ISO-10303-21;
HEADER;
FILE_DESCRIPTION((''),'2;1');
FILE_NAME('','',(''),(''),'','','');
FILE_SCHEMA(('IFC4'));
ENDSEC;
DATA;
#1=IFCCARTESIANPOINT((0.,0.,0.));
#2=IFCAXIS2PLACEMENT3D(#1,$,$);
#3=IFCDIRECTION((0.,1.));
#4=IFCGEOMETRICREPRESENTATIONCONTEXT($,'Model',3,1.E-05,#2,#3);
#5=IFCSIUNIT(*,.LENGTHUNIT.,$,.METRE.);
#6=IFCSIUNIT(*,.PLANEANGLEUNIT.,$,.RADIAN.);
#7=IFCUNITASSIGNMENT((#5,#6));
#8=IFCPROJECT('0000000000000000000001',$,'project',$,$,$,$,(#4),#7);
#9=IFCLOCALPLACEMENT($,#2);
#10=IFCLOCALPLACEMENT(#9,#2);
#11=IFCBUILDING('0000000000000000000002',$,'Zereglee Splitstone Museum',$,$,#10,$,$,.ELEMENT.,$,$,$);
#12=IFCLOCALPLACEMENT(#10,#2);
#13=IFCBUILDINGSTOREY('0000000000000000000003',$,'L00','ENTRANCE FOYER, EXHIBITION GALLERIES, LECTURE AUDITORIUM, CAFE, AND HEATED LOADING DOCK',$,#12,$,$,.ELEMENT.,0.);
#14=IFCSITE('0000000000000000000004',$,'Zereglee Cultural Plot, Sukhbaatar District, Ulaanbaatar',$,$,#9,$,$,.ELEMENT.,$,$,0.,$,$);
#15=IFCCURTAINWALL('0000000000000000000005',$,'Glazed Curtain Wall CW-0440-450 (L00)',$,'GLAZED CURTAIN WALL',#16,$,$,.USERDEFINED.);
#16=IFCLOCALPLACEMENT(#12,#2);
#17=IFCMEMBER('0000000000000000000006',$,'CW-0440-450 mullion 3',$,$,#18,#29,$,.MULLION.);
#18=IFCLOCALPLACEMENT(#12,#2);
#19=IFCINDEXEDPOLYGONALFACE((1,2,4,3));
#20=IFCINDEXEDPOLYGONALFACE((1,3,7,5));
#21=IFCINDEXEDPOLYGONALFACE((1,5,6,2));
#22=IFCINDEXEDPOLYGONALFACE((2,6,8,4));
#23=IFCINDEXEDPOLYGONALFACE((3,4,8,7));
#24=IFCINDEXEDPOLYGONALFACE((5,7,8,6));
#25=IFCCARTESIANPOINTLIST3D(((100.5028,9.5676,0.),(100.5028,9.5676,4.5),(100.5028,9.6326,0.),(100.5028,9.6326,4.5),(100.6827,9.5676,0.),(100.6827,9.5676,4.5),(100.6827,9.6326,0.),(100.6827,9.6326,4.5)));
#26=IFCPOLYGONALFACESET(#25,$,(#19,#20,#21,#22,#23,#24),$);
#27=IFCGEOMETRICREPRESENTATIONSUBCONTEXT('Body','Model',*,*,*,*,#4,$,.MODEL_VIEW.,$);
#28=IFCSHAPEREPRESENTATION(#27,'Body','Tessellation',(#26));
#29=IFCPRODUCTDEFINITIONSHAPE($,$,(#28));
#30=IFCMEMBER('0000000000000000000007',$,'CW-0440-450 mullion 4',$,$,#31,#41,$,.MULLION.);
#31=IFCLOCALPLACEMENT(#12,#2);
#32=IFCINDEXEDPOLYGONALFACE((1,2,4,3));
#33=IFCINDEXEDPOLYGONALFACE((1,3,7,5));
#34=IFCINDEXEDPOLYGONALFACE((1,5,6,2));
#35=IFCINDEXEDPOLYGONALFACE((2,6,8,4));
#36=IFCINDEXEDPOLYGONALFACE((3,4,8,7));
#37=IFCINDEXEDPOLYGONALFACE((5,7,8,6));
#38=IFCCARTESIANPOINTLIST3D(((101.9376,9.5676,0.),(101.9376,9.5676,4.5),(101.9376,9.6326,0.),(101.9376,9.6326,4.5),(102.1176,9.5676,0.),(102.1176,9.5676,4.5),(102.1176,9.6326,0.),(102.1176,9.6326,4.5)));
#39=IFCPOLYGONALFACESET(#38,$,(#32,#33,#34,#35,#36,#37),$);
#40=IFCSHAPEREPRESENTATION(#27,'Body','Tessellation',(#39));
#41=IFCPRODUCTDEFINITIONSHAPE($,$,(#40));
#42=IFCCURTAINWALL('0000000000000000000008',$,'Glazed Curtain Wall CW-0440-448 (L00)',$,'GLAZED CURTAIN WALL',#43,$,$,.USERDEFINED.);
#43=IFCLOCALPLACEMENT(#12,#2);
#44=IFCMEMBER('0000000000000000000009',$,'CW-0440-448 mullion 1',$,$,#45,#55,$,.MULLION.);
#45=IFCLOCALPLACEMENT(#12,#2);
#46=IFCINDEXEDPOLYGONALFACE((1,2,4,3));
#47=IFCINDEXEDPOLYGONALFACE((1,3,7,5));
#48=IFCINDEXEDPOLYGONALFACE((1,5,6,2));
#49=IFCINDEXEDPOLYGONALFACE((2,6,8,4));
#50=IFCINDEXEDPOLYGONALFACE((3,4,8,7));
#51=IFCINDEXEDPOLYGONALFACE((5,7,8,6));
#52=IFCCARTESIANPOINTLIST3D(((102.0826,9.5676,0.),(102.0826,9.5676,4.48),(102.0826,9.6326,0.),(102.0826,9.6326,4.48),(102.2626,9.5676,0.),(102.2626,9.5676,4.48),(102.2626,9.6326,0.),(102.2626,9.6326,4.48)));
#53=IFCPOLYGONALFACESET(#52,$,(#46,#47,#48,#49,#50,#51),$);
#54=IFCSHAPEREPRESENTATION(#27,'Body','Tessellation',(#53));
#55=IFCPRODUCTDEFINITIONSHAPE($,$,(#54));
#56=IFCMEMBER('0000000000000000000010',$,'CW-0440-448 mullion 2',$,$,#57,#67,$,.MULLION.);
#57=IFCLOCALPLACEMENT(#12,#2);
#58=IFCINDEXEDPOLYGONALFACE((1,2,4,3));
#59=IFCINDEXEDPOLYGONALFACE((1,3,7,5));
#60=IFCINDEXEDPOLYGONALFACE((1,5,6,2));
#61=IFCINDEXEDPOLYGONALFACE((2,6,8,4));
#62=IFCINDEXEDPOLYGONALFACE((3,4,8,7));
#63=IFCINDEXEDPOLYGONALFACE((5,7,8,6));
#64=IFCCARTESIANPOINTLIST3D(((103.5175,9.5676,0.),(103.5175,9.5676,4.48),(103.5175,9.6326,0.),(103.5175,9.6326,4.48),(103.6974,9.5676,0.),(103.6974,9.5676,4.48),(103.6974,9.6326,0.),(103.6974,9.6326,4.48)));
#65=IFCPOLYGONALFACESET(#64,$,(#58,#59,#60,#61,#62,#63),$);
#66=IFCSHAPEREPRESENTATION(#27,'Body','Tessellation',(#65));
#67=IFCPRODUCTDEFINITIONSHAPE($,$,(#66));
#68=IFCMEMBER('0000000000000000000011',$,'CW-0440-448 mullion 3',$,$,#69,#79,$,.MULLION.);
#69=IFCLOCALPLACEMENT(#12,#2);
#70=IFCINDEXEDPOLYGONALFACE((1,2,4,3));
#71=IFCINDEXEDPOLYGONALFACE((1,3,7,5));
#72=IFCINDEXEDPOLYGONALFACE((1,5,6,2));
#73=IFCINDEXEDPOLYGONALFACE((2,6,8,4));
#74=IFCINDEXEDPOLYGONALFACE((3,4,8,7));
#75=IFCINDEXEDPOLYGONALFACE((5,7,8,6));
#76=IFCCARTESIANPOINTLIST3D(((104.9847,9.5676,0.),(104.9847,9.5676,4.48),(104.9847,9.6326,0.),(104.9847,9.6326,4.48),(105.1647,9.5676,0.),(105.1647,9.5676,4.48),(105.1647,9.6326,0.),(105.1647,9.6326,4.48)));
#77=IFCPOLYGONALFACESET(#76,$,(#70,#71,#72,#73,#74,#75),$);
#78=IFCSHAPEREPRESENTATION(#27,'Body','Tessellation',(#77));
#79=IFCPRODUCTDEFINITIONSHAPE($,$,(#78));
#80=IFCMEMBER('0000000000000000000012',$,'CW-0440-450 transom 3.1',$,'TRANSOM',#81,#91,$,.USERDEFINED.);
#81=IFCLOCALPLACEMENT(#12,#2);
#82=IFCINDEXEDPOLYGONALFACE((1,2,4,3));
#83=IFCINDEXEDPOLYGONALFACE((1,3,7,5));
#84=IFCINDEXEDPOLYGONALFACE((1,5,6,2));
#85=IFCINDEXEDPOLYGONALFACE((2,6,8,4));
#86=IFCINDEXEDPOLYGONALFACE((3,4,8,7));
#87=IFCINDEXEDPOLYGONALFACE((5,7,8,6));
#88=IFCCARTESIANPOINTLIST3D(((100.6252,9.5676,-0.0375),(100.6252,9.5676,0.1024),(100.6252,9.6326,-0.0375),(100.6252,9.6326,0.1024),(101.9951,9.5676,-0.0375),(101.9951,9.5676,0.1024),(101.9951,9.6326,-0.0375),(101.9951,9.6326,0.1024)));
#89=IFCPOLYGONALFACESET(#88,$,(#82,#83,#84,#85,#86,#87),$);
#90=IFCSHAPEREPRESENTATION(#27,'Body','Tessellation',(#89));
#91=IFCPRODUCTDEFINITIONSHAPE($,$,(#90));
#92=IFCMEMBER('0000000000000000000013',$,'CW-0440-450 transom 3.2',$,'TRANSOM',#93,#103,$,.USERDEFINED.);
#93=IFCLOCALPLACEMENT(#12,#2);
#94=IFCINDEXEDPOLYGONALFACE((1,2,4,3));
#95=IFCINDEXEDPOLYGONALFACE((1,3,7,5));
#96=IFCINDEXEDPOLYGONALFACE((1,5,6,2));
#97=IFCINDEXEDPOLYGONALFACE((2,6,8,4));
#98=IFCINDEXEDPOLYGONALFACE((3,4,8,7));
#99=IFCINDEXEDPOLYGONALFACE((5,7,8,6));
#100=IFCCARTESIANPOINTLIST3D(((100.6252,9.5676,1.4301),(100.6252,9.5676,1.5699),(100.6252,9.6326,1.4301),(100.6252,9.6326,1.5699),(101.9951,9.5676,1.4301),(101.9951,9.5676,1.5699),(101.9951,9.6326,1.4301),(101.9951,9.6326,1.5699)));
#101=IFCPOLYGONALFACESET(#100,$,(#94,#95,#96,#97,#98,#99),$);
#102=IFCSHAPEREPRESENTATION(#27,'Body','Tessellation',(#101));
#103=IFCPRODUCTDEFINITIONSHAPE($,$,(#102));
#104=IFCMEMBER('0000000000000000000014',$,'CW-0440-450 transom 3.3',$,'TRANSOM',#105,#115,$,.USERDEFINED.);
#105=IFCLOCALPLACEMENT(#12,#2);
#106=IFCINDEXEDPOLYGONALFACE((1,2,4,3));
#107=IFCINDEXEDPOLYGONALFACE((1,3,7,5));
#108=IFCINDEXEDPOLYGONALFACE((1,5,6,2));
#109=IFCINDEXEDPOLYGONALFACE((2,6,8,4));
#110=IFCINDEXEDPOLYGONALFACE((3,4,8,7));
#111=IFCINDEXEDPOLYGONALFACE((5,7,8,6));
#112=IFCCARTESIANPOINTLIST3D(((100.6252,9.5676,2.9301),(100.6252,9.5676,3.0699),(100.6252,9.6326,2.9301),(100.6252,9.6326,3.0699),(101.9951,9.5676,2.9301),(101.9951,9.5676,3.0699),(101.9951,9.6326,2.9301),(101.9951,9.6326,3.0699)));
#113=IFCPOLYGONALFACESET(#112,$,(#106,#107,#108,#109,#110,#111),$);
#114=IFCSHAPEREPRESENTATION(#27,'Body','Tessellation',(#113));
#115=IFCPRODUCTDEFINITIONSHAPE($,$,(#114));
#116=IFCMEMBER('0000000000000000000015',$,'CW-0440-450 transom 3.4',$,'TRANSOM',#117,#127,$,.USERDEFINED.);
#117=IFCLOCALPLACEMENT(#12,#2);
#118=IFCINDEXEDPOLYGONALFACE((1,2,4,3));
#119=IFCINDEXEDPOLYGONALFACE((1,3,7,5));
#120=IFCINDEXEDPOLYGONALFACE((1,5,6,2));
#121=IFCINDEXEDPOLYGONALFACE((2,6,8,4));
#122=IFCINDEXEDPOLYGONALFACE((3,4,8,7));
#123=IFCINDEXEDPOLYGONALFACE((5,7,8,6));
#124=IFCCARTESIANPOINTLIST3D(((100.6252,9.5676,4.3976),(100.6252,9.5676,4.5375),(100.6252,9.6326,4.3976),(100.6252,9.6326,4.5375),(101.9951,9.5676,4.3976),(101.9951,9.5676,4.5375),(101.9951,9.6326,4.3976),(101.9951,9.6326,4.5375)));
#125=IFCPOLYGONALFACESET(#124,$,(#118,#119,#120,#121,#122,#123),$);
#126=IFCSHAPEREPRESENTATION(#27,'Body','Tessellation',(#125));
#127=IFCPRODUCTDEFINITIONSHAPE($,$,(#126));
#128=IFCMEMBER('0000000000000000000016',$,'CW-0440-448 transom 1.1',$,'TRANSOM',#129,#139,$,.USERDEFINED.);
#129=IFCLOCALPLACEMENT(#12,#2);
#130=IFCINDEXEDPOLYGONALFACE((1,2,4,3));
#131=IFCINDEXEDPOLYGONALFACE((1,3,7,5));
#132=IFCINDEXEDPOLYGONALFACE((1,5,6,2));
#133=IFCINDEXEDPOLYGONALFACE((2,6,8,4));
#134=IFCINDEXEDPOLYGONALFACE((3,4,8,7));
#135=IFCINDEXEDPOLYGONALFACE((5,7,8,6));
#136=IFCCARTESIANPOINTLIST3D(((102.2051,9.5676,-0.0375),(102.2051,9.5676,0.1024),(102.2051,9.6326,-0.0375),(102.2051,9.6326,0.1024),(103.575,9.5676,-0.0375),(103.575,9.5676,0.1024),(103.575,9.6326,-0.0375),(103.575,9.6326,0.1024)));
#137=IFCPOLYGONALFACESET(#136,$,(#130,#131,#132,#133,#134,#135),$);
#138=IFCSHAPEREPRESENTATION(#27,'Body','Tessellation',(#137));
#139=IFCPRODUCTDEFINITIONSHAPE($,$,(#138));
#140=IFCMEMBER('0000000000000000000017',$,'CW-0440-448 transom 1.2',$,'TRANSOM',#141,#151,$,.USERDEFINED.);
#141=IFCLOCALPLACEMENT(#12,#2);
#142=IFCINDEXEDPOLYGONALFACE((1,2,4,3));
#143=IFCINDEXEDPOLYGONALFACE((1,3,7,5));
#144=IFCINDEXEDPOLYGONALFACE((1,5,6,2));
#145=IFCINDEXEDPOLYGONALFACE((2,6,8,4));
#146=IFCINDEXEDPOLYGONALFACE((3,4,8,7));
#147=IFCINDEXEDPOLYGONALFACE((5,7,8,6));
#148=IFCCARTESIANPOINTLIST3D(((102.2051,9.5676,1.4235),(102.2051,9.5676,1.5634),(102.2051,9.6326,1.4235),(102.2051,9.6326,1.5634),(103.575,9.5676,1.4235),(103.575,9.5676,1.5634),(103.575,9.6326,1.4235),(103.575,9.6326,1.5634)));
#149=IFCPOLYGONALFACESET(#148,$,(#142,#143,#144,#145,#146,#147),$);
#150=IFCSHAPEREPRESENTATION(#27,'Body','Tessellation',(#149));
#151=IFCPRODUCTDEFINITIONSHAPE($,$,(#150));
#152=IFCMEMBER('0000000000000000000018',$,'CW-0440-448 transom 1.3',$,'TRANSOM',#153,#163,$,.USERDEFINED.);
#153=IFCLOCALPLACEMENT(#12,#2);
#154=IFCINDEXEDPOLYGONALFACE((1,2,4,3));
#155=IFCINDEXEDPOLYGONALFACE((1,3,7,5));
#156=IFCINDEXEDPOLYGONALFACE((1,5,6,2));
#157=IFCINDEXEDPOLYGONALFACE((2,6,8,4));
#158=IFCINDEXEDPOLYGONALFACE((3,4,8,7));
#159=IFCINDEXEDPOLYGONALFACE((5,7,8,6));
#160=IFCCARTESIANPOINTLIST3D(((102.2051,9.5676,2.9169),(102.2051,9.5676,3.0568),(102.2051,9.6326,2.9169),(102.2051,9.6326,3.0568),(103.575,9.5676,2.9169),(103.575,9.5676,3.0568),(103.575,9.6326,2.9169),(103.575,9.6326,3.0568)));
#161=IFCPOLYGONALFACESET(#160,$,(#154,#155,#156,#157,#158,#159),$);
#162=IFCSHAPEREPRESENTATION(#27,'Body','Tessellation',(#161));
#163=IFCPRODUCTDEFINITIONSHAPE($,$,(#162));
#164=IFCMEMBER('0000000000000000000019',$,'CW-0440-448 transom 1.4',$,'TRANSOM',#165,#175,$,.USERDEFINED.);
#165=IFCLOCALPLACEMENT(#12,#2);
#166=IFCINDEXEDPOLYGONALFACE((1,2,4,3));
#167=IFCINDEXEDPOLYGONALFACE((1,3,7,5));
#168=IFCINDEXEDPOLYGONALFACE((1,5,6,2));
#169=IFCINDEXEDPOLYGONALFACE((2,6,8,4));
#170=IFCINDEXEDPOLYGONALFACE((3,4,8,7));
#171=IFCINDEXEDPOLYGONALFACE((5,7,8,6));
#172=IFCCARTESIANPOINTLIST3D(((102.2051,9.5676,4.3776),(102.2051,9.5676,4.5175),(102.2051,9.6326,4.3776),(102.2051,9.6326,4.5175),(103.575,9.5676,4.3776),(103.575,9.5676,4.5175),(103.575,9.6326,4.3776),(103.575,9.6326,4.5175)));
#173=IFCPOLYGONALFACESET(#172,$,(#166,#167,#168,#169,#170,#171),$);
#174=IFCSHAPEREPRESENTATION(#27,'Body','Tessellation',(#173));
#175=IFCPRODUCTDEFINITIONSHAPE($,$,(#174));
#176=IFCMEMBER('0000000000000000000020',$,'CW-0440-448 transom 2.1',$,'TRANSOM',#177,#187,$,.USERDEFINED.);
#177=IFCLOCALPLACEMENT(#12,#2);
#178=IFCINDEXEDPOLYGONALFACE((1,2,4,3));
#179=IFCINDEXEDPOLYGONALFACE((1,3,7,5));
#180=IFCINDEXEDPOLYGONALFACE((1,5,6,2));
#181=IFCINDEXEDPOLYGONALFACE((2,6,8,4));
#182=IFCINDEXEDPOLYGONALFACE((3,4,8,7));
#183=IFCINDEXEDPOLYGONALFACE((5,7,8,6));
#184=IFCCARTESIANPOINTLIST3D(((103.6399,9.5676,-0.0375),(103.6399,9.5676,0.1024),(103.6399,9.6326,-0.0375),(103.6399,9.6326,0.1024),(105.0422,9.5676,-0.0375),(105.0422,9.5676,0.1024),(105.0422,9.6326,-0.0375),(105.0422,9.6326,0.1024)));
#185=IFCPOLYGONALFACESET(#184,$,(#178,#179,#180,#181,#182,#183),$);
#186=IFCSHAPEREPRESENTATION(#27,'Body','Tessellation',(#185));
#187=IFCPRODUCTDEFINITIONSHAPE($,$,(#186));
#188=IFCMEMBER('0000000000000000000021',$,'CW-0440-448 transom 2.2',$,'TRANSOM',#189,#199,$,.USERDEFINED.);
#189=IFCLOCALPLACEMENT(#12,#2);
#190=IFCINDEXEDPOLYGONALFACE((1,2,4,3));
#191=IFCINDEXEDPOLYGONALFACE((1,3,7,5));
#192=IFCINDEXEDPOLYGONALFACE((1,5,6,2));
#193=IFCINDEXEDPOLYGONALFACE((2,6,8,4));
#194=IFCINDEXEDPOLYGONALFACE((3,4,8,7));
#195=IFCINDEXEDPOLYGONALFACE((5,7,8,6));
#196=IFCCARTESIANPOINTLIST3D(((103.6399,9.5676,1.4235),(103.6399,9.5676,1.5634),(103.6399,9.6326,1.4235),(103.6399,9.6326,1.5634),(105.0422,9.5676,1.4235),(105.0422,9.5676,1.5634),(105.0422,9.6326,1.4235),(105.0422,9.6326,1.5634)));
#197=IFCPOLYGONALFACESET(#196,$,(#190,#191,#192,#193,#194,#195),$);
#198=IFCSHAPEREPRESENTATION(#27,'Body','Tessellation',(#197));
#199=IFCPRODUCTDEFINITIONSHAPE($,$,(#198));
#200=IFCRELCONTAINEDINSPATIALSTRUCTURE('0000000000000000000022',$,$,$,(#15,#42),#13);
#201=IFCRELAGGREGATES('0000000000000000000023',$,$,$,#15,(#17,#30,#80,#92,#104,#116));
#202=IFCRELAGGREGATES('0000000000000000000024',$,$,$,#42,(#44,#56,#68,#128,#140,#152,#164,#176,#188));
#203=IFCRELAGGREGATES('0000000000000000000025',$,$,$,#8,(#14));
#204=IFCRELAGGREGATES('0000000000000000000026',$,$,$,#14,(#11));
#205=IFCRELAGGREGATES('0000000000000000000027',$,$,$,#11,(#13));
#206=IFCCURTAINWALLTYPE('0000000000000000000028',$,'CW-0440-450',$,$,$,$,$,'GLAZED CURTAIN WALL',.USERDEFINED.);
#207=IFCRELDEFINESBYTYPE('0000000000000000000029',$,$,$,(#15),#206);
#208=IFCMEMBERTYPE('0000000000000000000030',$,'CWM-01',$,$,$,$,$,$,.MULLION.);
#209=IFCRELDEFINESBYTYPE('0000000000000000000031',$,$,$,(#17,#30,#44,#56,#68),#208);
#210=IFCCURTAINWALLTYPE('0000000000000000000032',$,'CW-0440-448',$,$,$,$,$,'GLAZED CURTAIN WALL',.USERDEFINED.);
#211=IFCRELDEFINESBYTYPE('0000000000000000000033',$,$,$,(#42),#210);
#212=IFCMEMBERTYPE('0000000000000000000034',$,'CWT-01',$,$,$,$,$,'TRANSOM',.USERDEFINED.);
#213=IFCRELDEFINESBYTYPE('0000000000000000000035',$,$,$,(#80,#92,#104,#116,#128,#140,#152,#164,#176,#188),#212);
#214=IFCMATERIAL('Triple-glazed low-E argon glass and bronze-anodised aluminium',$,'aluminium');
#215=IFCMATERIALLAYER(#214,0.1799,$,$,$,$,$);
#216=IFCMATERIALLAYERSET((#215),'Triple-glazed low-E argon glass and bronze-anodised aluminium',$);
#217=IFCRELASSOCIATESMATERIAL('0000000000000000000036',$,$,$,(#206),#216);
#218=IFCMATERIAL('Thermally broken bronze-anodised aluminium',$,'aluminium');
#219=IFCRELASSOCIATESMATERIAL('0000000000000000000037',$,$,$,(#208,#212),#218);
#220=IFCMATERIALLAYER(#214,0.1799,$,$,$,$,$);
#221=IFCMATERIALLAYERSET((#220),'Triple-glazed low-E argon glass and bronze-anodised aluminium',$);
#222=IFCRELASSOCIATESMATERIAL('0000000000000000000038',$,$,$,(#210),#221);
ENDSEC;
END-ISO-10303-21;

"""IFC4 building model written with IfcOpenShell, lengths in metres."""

from ifc_helpers import new_model, si_unit, direction, frame, origin, origin_2d, place, context, subcontext, project, spatial, rectangle, extrude, material, layer, layer_set, material_profile, profile_set, type_object, element, aggregate, save


model = new_model("IFC4")

# Units and contexts
model_context = context("Model", 3, precision=1e-05, world=origin(), true_north=direction((0.0, 1.0)))
body_context = subcontext(model_context, "Body", "Model", "MODEL_VIEW")
ifc_project = project(units=[si_unit("LENGTHUNIT", "METRE"), si_unit("PLANEANGLEUNIT", "RADIAN")], contexts=[model_context])

# Site, building, storey
site_placement = place(None, origin())
site = spatial("IfcSite", under=ifc_project, at=site_placement, Name="Zereglee Cultural Plot, Sukhbaatar District, Ulaanbaatar", CompositionType="ELEMENT", RefElevation=0.0)
building_placement = place(site_placement, origin())
building = spatial("IfcBuilding", under=site, at=building_placement, Name="Zereglee Splitstone Museum", CompositionType="ELEMENT")
storey_placement = place(building_placement, origin())
storey = spatial("IfcBuildingStorey", under=building, at=storey_placement, Name="L00", Description="ENTRANCE FOYER, EXHIBITION GALLERIES, LECTURE AUDITORIUM, CAFE, AND HEATED LOADING DOCK", CompositionType="ELEMENT", Elevation=0.0)

# Curtain walls, members
ifc_material_1 = material(Name="Triple-glazed low-E argon glass and bronze-anodised aluminium", Category="aluminium")
ifc_layer_1 = layer(ifc_material_1, 0.1799)
ifc_layer_set_1 = layer_set([ifc_layer_1], Name="Triple-glazed low-E argon glass and bronze-anodised aluminium")
curtain_wall_type_1 = type_object("IfcCurtainWallType", Name="CW-0440-450", ElementType="GLAZED CURTAIN WALL", PredefinedType="USERDEFINED", material=ifc_layer_set_1)
curtain_wall_1_placement = place(storey_placement, origin())
curtain_wall_1 = element("IfcCurtainWall", 1, at=curtain_wall_1_placement, inside=storey, type_object=curtain_wall_type_1, Name="Glazed Curtain Wall CW-0440-450 (L00)", ObjectType="GLAZED CURTAIN WALL", PredefinedType="USERDEFINED")
ifc_material_2 = material(Name="Thermally broken bronze-anodised aluminium", Category="aluminium")
ifc_material_profile_1 = material_profile(ifc_material_2, rectangle(XDim=0.0649, YDim=0.1799, at=origin_2d()), Name="CW MULL 65x180")
ifc_profile_set_1 = profile_set([ifc_material_profile_1], Name="Thermally broken bronze-anodised aluminium")
member_type_1 = type_object("IfcMemberType", Name="CWM-01", PredefinedType="MULLION", material=ifc_profile_set_1)
member_1_placement = place(storey_placement, frame((100.5928, 9.6001, 0.0), z_axis=(0.0, 0.0, 1.0), x_axis=(0.0, 1.0, 0.0)))
member_1 = element("IfcMember", 2, at=member_1_placement, type_object=member_type_1, Name="CW-0440-450 mullion 3", PredefinedType="MULLION", context=body_context, shape_type="SweptSolid", body=[
    extrude(rectangle(XDim=0.0649, YDim=0.1799, at=origin_2d()), origin(), (0.0, 0.0, 1.0), 4.5),
])
member_2_placement = place(storey_placement, frame((102.0276, 9.6001, 0.0), z_axis=(0.0, 0.0, 1.0), x_axis=(0.0, 1.0, 0.0)))
member_2 = element("IfcMember", 3, at=member_2_placement, type_object=member_type_1, Name="CW-0440-450 mullion 4", PredefinedType="MULLION", context=body_context, shape_type="SweptSolid", body=[
    extrude(rectangle(XDim=0.0649, YDim=0.1799, at=origin_2d()), origin(), (0.0, 0.0, 1.0), 4.5),
])
ifc_layer_2 = layer(ifc_material_1, 0.1799)
ifc_layer_set_2 = layer_set([ifc_layer_2], Name="Triple-glazed low-E argon glass and bronze-anodised aluminium")
curtain_wall_type_2 = type_object("IfcCurtainWallType", Name="CW-0440-448", ElementType="GLAZED CURTAIN WALL", PredefinedType="USERDEFINED", material=ifc_layer_set_2)
curtain_wall_2_placement = place(storey_placement, origin())
curtain_wall_2 = element("IfcCurtainWall", 4, at=curtain_wall_2_placement, inside=storey, type_object=curtain_wall_type_2, Name="Glazed Curtain Wall CW-0440-448 (L00)", ObjectType="GLAZED CURTAIN WALL", PredefinedType="USERDEFINED")
member_3_placement = place(storey_placement, frame((102.1726, 9.6001, 0.0), z_axis=(0.0, 0.0, 1.0), x_axis=(0.0, 1.0, 0.0)))
member_3 = element("IfcMember", 5, at=member_3_placement, type_object=member_type_1, Name="CW-0440-448 mullion 1", PredefinedType="MULLION", context=body_context, shape_type="SweptSolid", body=[
    extrude(rectangle(XDim=0.0649, YDim=0.1799, at=origin_2d()), origin(), (0.0, 0.0, 1.0), 4.48),
])
member_4_placement = place(storey_placement, frame((103.6074, 9.6001, 0.0), z_axis=(0.0, 0.0, 1.0), x_axis=(0.0, 1.0, 0.0)))
member_4 = element("IfcMember", 6, at=member_4_placement, type_object=member_type_1, Name="CW-0440-448 mullion 2", PredefinedType="MULLION", context=body_context, shape_type="SweptSolid", body=[
    extrude(rectangle(XDim=0.0649, YDim=0.1799, at=origin_2d()), origin(), (0.0, 0.0, 1.0), 4.48),
])
member_5_placement = place(storey_placement, frame((105.0747, 9.6001, 0.0), z_axis=(0.0, 0.0, 1.0), x_axis=(0.0, 1.0, 0.0)))
member_5 = element("IfcMember", 7, at=member_5_placement, type_object=member_type_1, Name="CW-0440-448 mullion 3", PredefinedType="MULLION", context=body_context, shape_type="SweptSolid", body=[
    extrude(rectangle(XDim=0.0649, YDim=0.1799, at=origin_2d()), origin(), (0.0, 0.0, 1.0), 4.48),
])

# Members
ifc_material_profile_2 = material_profile(ifc_material_2, rectangle(XDim=0.0649, YDim=0.1399, at=origin_2d()), Name="CW TRAN 65x140")
ifc_profile_set_2 = profile_set([ifc_material_profile_2], Name="Thermally broken bronze-anodised aluminium")
member_type_2 = type_object("IfcMemberType", Name="CWT-01", ElementType="TRANSOM", PredefinedType="USERDEFINED", material=ifc_profile_set_2)
member_6_placement = place(storey_placement, frame((100.6252, 9.6001, 0.0325), z_axis=(1.0, 0.0, 0.0), x_axis=(0.0, 1.0, 0.0)))
member_6 = element("IfcMember", 8, at=member_6_placement, type_object=member_type_2, Name="CW-0440-450 transom 3.1", ObjectType="TRANSOM", PredefinedType="USERDEFINED", context=body_context, shape_type="SweptSolid", body=[
    extrude(rectangle(XDim=0.0649, YDim=0.1399, at=origin_2d()), origin(), (0.0, 0.0, 1.0), 1.3699),
])
member_7_placement = place(storey_placement, frame((100.6252, 9.6001, 1.5), z_axis=(1.0, 0.0, 0.0), x_axis=(0.0, 1.0, 0.0)))
member_7 = element("IfcMember", 9, at=member_7_placement, type_object=member_type_2, Name="CW-0440-450 transom 3.2", ObjectType="TRANSOM", PredefinedType="USERDEFINED", context=body_context, shape_type="SweptSolid", body=[
    extrude(rectangle(XDim=0.0649, YDim=0.1399, at=origin_2d()), origin(), (0.0, 0.0, 1.0), 1.3699),
])
member_8_placement = place(storey_placement, frame((100.6252, 9.6001, 3.0), z_axis=(1.0, 0.0, 0.0), x_axis=(0.0, 1.0, 0.0)))
member_8 = element("IfcMember", 10, at=member_8_placement, type_object=member_type_2, Name="CW-0440-450 transom 3.3", ObjectType="TRANSOM", PredefinedType="USERDEFINED", context=body_context, shape_type="SweptSolid", body=[
    extrude(rectangle(XDim=0.0649, YDim=0.1399, at=origin_2d()), origin(), (0.0, 0.0, 1.0), 1.3699),
])
member_9_placement = place(storey_placement, frame((100.6252, 9.6001, 4.4675), z_axis=(1.0, 0.0, 0.0), x_axis=(0.0, 1.0, 0.0)))
member_9 = element("IfcMember", 11, at=member_9_placement, type_object=member_type_2, Name="CW-0440-450 transom 3.4", ObjectType="TRANSOM", PredefinedType="USERDEFINED", context=body_context, shape_type="SweptSolid", body=[
    extrude(rectangle(XDim=0.0649, YDim=0.1399, at=origin_2d()), origin(), (0.0, 0.0, 1.0), 1.3699),
])
member_10_placement = place(storey_placement, frame((102.2051, 9.6001, 0.0325), z_axis=(1.0, 0.0, 0.0), x_axis=(0.0, 1.0, 0.0)))
member_10 = element("IfcMember", 12, at=member_10_placement, type_object=member_type_2, Name="CW-0440-448 transom 1.1", ObjectType="TRANSOM", PredefinedType="USERDEFINED", context=body_context, shape_type="SweptSolid", body=[
    extrude(rectangle(XDim=0.0649, YDim=0.1399, at=origin_2d()), origin(), (0.0, 0.0, 1.0), 1.3699),
])
member_11_placement = place(storey_placement, frame((102.2051, 9.6001, 1.4934), z_axis=(1.0, 0.0, 0.0), x_axis=(0.0, 1.0, 0.0)))
member_11 = element("IfcMember", 13, at=member_11_placement, type_object=member_type_2, Name="CW-0440-448 transom 1.2", ObjectType="TRANSOM", PredefinedType="USERDEFINED", context=body_context, shape_type="SweptSolid", body=[
    extrude(rectangle(XDim=0.0649, YDim=0.1399, at=origin_2d()), origin(), (0.0, 0.0, 1.0), 1.3699),
])
member_12_placement = place(storey_placement, frame((102.2051, 9.6001, 2.9868), z_axis=(1.0, 0.0, 0.0), x_axis=(0.0, 1.0, 0.0)))
member_12 = element("IfcMember", 14, at=member_12_placement, type_object=member_type_2, Name="CW-0440-448 transom 1.3", ObjectType="TRANSOM", PredefinedType="USERDEFINED", context=body_context, shape_type="SweptSolid", body=[
    extrude(rectangle(XDim=0.0649, YDim=0.1399, at=origin_2d()), origin(), (0.0, 0.0, 1.0), 1.3699),
])
member_13_placement = place(storey_placement, frame((102.2051, 9.6001, 4.4475), z_axis=(1.0, 0.0, 0.0), x_axis=(0.0, 1.0, 0.0)))
member_13 = element("IfcMember", 15, at=member_13_placement, type_object=member_type_2, Name="CW-0440-448 transom 1.4", ObjectType="TRANSOM", PredefinedType="USERDEFINED", context=body_context, shape_type="SweptSolid", body=[
    extrude(rectangle(XDim=0.0649, YDim=0.1399, at=origin_2d()), origin(), (0.0, 0.0, 1.0), 1.3699),
])
member_14_placement = place(storey_placement, frame((103.6399, 9.6001, 0.0325), z_axis=(1.0, 0.0, 0.0), x_axis=(0.0, 1.0, 0.0)))
member_14 = element("IfcMember", 16, at=member_14_placement, type_object=member_type_2, Name="CW-0440-448 transom 2.1", ObjectType="TRANSOM", PredefinedType="USERDEFINED", context=body_context, shape_type="SweptSolid", body=[
    extrude(rectangle(XDim=0.0649, YDim=0.1399, at=origin_2d()), origin(), (0.0, 0.0, 1.0), 1.4023),
])
member_15_placement = place(storey_placement, frame((103.6399, 9.6001, 1.4934), z_axis=(1.0, 0.0, 0.0), x_axis=(0.0, 1.0, 0.0)))
member_15 = element("IfcMember", 17, at=member_15_placement, type_object=member_type_2, Name="CW-0440-448 transom 2.2", ObjectType="TRANSOM", PredefinedType="USERDEFINED", context=body_context, shape_type="SweptSolid", body=[
    extrude(rectangle(XDim=0.0649, YDim=0.1399, at=origin_2d()), origin(), (0.0, 0.0, 1.0), 1.4023),
])

aggregate(curtain_wall_1, [member_1, member_2, member_6, member_7, member_8, member_9])
aggregate(curtain_wall_2, [member_3, member_4, member_5, member_10, member_11, member_12, member_13, member_14, member_15])

save(model, "model.ifc")
